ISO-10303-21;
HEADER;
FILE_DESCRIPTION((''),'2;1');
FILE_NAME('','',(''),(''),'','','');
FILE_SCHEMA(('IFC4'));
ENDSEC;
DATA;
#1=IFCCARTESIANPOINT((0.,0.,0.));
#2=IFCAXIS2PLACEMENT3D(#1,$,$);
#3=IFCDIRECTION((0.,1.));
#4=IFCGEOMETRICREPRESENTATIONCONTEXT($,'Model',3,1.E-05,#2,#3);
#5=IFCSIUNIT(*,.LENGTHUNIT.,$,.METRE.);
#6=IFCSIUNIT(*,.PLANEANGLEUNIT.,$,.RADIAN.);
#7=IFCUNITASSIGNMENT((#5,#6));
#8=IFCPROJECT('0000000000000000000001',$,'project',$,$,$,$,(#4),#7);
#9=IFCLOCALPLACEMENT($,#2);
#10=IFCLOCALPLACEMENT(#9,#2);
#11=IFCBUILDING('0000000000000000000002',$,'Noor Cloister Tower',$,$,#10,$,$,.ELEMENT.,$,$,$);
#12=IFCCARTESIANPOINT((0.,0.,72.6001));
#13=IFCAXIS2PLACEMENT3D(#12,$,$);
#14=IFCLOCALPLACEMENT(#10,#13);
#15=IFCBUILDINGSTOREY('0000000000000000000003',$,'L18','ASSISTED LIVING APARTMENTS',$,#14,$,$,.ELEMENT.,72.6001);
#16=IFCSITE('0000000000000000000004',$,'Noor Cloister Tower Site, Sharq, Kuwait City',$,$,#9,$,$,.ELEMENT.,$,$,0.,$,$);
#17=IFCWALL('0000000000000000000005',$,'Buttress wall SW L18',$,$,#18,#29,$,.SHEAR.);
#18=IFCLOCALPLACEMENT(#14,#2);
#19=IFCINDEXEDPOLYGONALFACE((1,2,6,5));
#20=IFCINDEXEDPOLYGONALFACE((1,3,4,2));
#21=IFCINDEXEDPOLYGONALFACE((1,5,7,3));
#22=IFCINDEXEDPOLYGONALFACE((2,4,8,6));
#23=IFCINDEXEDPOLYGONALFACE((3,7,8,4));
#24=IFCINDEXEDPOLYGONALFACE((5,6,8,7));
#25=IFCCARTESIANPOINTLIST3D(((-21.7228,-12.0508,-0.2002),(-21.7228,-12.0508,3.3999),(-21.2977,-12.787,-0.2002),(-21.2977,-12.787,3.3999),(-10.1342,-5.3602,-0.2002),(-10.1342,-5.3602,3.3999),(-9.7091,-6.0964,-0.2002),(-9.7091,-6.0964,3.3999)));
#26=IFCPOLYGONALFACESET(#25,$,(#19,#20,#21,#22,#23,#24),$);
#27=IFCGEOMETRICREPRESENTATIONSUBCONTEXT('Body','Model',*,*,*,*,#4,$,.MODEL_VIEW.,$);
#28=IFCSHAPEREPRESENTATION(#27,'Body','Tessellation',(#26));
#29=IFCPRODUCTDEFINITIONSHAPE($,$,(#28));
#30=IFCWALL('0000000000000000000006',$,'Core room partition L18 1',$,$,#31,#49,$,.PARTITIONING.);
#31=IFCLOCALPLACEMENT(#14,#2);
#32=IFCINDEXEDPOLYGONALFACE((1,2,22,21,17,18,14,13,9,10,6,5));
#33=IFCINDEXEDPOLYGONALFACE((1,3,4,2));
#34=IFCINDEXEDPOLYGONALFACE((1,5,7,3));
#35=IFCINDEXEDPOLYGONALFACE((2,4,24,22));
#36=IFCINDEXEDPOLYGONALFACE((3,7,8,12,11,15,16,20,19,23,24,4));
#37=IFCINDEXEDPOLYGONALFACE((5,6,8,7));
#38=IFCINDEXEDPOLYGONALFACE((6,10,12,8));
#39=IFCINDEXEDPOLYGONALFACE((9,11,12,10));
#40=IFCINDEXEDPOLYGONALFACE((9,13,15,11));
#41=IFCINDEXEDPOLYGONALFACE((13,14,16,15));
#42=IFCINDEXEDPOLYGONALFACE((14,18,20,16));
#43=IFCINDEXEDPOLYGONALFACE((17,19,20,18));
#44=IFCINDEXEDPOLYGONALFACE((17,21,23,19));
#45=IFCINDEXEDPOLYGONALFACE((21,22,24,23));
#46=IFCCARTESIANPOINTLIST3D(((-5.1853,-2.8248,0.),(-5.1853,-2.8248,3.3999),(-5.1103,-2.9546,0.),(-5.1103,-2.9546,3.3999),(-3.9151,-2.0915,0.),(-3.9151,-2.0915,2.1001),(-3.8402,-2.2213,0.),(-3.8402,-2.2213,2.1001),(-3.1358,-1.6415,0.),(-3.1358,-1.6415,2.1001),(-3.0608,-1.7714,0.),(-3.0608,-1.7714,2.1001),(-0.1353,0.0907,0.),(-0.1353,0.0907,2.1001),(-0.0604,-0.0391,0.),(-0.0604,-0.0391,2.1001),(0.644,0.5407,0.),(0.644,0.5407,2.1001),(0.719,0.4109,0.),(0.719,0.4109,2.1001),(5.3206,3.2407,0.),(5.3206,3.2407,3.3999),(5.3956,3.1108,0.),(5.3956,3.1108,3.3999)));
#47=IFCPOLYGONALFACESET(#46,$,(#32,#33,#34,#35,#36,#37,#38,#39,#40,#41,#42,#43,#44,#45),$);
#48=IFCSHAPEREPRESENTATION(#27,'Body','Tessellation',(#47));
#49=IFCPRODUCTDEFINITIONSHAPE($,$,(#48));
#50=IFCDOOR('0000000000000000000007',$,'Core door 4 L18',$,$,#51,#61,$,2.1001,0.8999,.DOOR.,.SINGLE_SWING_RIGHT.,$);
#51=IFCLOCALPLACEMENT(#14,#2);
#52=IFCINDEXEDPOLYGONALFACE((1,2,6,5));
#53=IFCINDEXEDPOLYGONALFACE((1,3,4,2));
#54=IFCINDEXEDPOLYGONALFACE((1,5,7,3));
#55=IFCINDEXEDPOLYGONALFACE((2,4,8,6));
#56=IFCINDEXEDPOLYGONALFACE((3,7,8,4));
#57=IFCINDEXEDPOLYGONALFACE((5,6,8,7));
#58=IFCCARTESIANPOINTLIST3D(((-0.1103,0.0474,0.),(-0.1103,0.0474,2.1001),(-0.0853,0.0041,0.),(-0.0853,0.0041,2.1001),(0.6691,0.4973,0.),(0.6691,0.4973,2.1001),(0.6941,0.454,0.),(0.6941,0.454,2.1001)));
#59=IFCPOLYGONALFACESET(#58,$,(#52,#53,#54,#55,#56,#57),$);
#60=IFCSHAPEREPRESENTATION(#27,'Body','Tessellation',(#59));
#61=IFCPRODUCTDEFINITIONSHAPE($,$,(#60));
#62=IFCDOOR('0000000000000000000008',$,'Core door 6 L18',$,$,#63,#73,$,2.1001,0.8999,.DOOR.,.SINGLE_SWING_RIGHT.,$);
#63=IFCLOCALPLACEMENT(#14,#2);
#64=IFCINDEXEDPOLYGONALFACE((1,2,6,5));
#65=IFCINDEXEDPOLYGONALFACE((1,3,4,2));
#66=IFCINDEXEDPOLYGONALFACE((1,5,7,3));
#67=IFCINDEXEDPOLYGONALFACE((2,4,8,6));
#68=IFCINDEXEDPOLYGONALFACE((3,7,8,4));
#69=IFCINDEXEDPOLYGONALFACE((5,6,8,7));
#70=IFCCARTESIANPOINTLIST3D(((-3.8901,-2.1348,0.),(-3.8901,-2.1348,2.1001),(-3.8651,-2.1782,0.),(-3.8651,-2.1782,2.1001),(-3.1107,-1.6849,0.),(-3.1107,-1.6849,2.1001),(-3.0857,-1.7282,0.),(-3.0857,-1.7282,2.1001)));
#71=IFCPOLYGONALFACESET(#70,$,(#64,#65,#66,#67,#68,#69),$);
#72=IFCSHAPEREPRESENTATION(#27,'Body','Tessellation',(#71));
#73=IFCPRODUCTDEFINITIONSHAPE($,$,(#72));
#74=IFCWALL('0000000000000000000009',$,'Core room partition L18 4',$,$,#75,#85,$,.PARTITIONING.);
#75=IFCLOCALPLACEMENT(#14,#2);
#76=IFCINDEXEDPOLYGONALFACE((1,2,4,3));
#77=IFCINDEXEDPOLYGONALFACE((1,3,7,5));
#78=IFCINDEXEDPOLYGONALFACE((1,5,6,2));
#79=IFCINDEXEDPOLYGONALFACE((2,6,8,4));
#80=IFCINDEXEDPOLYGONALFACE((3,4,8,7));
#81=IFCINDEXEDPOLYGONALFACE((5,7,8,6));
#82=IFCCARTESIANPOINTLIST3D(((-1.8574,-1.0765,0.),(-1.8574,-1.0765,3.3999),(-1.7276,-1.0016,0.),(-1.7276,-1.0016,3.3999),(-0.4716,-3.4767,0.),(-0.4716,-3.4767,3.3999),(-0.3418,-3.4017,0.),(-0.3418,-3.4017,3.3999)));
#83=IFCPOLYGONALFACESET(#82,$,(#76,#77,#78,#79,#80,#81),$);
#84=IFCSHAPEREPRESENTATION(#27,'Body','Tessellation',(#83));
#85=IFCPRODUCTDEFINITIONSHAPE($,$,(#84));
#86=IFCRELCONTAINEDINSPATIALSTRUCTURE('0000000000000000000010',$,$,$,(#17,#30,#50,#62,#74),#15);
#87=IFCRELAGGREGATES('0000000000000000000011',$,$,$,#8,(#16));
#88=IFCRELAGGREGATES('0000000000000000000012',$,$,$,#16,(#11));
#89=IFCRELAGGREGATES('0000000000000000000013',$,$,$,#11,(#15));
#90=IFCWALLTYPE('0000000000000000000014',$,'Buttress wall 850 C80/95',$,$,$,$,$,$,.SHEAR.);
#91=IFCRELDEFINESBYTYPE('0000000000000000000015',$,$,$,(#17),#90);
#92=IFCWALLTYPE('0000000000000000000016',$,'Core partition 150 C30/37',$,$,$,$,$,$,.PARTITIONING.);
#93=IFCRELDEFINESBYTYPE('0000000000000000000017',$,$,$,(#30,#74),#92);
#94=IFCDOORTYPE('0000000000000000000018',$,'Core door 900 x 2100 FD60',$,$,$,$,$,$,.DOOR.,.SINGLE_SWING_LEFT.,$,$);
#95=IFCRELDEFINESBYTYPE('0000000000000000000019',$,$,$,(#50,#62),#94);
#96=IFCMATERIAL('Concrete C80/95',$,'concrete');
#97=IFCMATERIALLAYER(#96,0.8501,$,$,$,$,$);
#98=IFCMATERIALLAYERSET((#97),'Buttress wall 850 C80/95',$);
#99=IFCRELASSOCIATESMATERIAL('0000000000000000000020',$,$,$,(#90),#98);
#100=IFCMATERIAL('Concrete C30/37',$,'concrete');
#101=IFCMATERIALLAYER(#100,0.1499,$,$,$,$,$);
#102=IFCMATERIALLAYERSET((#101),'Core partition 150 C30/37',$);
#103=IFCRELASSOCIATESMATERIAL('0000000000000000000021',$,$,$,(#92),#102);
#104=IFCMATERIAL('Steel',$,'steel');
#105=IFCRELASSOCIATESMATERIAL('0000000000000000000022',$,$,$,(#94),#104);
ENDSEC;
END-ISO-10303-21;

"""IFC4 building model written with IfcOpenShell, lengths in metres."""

from ifc_helpers import new_model, si_unit, direction, frame, frame_2d, origin, place, context, subcontext, project, spatial, rectangle, extrude, material, layer, layer_set, type_object, element, fill, save


model = new_model("IFC4")

# Units and contexts
model_context = context("Model", 3, precision=1e-05, world=origin(), true_north=direction((0.0, 1.0)))
body_context = subcontext(model_context, "Body", "Model", "MODEL_VIEW")
ifc_project = project(units=[si_unit("LENGTHUNIT", "METRE"), si_unit("PLANEANGLEUNIT", "RADIAN")], contexts=[model_context])

# Site, building, storey
site_placement = place(None, origin())
site = spatial("IfcSite", under=ifc_project, at=site_placement, Name="Noor Cloister Tower Site, Sharq, Kuwait City", CompositionType="ELEMENT", RefElevation=0.0)
building_placement = place(site_placement, origin())
building = spatial("IfcBuilding", under=site, at=building_placement, Name="Noor Cloister Tower", CompositionType="ELEMENT")
storey_placement = place(building_placement, frame((0.0, 0.0, 72.6001)))
storey = spatial("IfcBuildingStorey", under=building, at=storey_placement, Name="L18", Description="ASSISTED LIVING APARTMENTS", CompositionType="ELEMENT", Elevation=72.6001)

# Wall
ifc_material_1 = material(Name="Concrete C80/95", Category="concrete")
ifc_layer_1 = layer(ifc_material_1, 0.8501)
ifc_layer_set_1 = layer_set([ifc_layer_1], Name="Buttress wall 850 C80/95")
wall_type_1 = type_object("IfcWallType", Name="Buttress wall 850 C80/95", PredefinedType="SHEAR", material=ifc_layer_set_1)
wall_1_placement = place(storey_placement, frame((-9.9216, -5.7283, -0.2002), z_axis=(0.0, 0.0, 1.0), x_axis=(-0.866026, -0.499999, 0.0)))
element("IfcWall", 1, at=wall_1_placement, inside=storey, type_object=wall_type_1, Name="Buttress wall SW L18", PredefinedType="SHEAR", context=body_context, shape_type="SweptSolid", body=[
    extrude(rectangle(XDim=13.3813, YDim=0.8501, at=frame_2d((6.6907, 0.0))), origin(), (0.0, 0.0, 1.0), 3.6001),
])

# Wall, openings, doors
ifc_material_2 = material(Name="Concrete C30/37", Category="concrete")
ifc_layer_2 = layer(ifc_material_2, 0.1499)
ifc_layer_set_2 = layer_set([ifc_layer_2], Name="Core partition 150 C30/37")
wall_type_2 = type_object("IfcWallType", Name="Core partition 150 C30/37", PredefinedType="PARTITIONING", material=ifc_layer_set_2)
wall_2_placement = place(storey_placement, frame((-5.1477, -2.8896, 0.0), z_axis=(0.0, 0.0, 1.0), x_axis=(0.86603, 0.499992, 0.0)))
wall_2 = element("IfcWall", 2, at=wall_2_placement, inside=storey, type_object=wall_type_2, Name="Core room partition L18 1", PredefinedType="PARTITIONING", context=body_context, shape_type="SweptSolid", body=[
    extrude(rectangle(XDim=12.1311, YDim=0.1499, at=frame_2d((6.0654, 0.0))), origin(), (0.0, 0.0, 1.0), 3.3999),
])
opening_1_placement = place(wall_2_placement, frame((5.8311, 0.0, 0.0)))
opening_1 = element("IfcOpeningElement", 3, at=opening_1_placement, cuts=wall_2, PredefinedType="OPENING", context=body_context, shape_type="SweptSolid", body=[
    extrude(rectangle(XDim=0.8999, YDim=2.1001, at=frame_2d((0.45, 1.05))), frame((0.0, 0.085, 0.0), z_axis=(0.0, -1.0, 0.0), x_axis=(1.0, 0.0, 0.0)), (0.0, 0.0, 1.0), 0.1699),
])
opening_2_placement = place(wall_2_placement, frame((1.4666, 0.0, 0.0)))
opening_2 = element("IfcOpeningElement", 4, at=opening_2_placement, cuts=wall_2, PredefinedType="OPENING", context=body_context, shape_type="SweptSolid", body=[
    extrude(rectangle(XDim=0.8999, YDim=2.1001, at=frame_2d((0.45, 1.05))), frame((0.0, 0.085, 0.0), z_axis=(0.0, -1.0, 0.0), x_axis=(1.0, 0.0, 0.0)), (0.0, 0.0, 1.0), 0.1699),
])
ifc_material_3 = material(Name="Steel", Category="steel")
door_type_1 = type_object("IfcDoorType", Name="Core door 900 x 2100 FD60", OperationType="SINGLE_SWING_LEFT", PredefinedType="DOOR", material=ifc_material_3)
door_1_placement = place(opening_1_placement, origin())
door_1 = element("IfcDoor", 5, at=door_1_placement, inside=storey, type_object=door_type_1, Name="Core door 4 L18", OperationType="SINGLE_SWING_RIGHT", OverallHeight=2.1001, OverallWidth=0.8999, PredefinedType="DOOR", context=body_context, shape_type="SweptSolid", body=[
    extrude(rectangle(XDim=0.8999, YDim=2.1001, at=frame_2d((0.45, 1.05))), frame((0.0, 0.0249, 0.0), z_axis=(0.0, -1.0, 0.0), x_axis=(1.0, 0.0, 0.0)), (0.0, 0.0, 1.0), 0.05),
])
fill(opening_1, door_1)
door_2_placement = place(opening_2_placement, origin())
door_2 = element("IfcDoor", 6, at=door_2_placement, inside=storey, type_object=door_type_1, Name="Core door 6 L18", OperationType="SINGLE_SWING_RIGHT", OverallHeight=2.1001, OverallWidth=0.8999, PredefinedType="DOOR", context=body_context, shape_type="SweptSolid", body=[
    extrude(rectangle(XDim=0.8999, YDim=2.1001, at=frame_2d((0.45, 1.05))), frame((0.0, 0.0249, 0.0), z_axis=(0.0, -1.0, 0.0), x_axis=(1.0, 0.0, 0.0)), (0.0, 0.0, 1.0), 0.05),
])
fill(opening_2, door_2)

# Wall
wall_3_placement = place(storey_placement, frame((-0.4067, -3.4392, 0.0), z_axis=(0.0, 0.0, 1.0), x_axis=(-0.500005, 0.866023, 0.0)))
element("IfcWall", 7, at=wall_3_placement, inside=storey, type_object=wall_type_2, Name="Core room partition L18 4", PredefinedType="PARTITIONING", context=body_context, shape_type="SweptSolid", body=[
    extrude(rectangle(XDim=2.7715, YDim=0.1499, at=frame_2d((1.3857, 0.0))), origin(), (0.0, 0.0, 1.0), 3.3999),
])

save(model, "model.ifc")
